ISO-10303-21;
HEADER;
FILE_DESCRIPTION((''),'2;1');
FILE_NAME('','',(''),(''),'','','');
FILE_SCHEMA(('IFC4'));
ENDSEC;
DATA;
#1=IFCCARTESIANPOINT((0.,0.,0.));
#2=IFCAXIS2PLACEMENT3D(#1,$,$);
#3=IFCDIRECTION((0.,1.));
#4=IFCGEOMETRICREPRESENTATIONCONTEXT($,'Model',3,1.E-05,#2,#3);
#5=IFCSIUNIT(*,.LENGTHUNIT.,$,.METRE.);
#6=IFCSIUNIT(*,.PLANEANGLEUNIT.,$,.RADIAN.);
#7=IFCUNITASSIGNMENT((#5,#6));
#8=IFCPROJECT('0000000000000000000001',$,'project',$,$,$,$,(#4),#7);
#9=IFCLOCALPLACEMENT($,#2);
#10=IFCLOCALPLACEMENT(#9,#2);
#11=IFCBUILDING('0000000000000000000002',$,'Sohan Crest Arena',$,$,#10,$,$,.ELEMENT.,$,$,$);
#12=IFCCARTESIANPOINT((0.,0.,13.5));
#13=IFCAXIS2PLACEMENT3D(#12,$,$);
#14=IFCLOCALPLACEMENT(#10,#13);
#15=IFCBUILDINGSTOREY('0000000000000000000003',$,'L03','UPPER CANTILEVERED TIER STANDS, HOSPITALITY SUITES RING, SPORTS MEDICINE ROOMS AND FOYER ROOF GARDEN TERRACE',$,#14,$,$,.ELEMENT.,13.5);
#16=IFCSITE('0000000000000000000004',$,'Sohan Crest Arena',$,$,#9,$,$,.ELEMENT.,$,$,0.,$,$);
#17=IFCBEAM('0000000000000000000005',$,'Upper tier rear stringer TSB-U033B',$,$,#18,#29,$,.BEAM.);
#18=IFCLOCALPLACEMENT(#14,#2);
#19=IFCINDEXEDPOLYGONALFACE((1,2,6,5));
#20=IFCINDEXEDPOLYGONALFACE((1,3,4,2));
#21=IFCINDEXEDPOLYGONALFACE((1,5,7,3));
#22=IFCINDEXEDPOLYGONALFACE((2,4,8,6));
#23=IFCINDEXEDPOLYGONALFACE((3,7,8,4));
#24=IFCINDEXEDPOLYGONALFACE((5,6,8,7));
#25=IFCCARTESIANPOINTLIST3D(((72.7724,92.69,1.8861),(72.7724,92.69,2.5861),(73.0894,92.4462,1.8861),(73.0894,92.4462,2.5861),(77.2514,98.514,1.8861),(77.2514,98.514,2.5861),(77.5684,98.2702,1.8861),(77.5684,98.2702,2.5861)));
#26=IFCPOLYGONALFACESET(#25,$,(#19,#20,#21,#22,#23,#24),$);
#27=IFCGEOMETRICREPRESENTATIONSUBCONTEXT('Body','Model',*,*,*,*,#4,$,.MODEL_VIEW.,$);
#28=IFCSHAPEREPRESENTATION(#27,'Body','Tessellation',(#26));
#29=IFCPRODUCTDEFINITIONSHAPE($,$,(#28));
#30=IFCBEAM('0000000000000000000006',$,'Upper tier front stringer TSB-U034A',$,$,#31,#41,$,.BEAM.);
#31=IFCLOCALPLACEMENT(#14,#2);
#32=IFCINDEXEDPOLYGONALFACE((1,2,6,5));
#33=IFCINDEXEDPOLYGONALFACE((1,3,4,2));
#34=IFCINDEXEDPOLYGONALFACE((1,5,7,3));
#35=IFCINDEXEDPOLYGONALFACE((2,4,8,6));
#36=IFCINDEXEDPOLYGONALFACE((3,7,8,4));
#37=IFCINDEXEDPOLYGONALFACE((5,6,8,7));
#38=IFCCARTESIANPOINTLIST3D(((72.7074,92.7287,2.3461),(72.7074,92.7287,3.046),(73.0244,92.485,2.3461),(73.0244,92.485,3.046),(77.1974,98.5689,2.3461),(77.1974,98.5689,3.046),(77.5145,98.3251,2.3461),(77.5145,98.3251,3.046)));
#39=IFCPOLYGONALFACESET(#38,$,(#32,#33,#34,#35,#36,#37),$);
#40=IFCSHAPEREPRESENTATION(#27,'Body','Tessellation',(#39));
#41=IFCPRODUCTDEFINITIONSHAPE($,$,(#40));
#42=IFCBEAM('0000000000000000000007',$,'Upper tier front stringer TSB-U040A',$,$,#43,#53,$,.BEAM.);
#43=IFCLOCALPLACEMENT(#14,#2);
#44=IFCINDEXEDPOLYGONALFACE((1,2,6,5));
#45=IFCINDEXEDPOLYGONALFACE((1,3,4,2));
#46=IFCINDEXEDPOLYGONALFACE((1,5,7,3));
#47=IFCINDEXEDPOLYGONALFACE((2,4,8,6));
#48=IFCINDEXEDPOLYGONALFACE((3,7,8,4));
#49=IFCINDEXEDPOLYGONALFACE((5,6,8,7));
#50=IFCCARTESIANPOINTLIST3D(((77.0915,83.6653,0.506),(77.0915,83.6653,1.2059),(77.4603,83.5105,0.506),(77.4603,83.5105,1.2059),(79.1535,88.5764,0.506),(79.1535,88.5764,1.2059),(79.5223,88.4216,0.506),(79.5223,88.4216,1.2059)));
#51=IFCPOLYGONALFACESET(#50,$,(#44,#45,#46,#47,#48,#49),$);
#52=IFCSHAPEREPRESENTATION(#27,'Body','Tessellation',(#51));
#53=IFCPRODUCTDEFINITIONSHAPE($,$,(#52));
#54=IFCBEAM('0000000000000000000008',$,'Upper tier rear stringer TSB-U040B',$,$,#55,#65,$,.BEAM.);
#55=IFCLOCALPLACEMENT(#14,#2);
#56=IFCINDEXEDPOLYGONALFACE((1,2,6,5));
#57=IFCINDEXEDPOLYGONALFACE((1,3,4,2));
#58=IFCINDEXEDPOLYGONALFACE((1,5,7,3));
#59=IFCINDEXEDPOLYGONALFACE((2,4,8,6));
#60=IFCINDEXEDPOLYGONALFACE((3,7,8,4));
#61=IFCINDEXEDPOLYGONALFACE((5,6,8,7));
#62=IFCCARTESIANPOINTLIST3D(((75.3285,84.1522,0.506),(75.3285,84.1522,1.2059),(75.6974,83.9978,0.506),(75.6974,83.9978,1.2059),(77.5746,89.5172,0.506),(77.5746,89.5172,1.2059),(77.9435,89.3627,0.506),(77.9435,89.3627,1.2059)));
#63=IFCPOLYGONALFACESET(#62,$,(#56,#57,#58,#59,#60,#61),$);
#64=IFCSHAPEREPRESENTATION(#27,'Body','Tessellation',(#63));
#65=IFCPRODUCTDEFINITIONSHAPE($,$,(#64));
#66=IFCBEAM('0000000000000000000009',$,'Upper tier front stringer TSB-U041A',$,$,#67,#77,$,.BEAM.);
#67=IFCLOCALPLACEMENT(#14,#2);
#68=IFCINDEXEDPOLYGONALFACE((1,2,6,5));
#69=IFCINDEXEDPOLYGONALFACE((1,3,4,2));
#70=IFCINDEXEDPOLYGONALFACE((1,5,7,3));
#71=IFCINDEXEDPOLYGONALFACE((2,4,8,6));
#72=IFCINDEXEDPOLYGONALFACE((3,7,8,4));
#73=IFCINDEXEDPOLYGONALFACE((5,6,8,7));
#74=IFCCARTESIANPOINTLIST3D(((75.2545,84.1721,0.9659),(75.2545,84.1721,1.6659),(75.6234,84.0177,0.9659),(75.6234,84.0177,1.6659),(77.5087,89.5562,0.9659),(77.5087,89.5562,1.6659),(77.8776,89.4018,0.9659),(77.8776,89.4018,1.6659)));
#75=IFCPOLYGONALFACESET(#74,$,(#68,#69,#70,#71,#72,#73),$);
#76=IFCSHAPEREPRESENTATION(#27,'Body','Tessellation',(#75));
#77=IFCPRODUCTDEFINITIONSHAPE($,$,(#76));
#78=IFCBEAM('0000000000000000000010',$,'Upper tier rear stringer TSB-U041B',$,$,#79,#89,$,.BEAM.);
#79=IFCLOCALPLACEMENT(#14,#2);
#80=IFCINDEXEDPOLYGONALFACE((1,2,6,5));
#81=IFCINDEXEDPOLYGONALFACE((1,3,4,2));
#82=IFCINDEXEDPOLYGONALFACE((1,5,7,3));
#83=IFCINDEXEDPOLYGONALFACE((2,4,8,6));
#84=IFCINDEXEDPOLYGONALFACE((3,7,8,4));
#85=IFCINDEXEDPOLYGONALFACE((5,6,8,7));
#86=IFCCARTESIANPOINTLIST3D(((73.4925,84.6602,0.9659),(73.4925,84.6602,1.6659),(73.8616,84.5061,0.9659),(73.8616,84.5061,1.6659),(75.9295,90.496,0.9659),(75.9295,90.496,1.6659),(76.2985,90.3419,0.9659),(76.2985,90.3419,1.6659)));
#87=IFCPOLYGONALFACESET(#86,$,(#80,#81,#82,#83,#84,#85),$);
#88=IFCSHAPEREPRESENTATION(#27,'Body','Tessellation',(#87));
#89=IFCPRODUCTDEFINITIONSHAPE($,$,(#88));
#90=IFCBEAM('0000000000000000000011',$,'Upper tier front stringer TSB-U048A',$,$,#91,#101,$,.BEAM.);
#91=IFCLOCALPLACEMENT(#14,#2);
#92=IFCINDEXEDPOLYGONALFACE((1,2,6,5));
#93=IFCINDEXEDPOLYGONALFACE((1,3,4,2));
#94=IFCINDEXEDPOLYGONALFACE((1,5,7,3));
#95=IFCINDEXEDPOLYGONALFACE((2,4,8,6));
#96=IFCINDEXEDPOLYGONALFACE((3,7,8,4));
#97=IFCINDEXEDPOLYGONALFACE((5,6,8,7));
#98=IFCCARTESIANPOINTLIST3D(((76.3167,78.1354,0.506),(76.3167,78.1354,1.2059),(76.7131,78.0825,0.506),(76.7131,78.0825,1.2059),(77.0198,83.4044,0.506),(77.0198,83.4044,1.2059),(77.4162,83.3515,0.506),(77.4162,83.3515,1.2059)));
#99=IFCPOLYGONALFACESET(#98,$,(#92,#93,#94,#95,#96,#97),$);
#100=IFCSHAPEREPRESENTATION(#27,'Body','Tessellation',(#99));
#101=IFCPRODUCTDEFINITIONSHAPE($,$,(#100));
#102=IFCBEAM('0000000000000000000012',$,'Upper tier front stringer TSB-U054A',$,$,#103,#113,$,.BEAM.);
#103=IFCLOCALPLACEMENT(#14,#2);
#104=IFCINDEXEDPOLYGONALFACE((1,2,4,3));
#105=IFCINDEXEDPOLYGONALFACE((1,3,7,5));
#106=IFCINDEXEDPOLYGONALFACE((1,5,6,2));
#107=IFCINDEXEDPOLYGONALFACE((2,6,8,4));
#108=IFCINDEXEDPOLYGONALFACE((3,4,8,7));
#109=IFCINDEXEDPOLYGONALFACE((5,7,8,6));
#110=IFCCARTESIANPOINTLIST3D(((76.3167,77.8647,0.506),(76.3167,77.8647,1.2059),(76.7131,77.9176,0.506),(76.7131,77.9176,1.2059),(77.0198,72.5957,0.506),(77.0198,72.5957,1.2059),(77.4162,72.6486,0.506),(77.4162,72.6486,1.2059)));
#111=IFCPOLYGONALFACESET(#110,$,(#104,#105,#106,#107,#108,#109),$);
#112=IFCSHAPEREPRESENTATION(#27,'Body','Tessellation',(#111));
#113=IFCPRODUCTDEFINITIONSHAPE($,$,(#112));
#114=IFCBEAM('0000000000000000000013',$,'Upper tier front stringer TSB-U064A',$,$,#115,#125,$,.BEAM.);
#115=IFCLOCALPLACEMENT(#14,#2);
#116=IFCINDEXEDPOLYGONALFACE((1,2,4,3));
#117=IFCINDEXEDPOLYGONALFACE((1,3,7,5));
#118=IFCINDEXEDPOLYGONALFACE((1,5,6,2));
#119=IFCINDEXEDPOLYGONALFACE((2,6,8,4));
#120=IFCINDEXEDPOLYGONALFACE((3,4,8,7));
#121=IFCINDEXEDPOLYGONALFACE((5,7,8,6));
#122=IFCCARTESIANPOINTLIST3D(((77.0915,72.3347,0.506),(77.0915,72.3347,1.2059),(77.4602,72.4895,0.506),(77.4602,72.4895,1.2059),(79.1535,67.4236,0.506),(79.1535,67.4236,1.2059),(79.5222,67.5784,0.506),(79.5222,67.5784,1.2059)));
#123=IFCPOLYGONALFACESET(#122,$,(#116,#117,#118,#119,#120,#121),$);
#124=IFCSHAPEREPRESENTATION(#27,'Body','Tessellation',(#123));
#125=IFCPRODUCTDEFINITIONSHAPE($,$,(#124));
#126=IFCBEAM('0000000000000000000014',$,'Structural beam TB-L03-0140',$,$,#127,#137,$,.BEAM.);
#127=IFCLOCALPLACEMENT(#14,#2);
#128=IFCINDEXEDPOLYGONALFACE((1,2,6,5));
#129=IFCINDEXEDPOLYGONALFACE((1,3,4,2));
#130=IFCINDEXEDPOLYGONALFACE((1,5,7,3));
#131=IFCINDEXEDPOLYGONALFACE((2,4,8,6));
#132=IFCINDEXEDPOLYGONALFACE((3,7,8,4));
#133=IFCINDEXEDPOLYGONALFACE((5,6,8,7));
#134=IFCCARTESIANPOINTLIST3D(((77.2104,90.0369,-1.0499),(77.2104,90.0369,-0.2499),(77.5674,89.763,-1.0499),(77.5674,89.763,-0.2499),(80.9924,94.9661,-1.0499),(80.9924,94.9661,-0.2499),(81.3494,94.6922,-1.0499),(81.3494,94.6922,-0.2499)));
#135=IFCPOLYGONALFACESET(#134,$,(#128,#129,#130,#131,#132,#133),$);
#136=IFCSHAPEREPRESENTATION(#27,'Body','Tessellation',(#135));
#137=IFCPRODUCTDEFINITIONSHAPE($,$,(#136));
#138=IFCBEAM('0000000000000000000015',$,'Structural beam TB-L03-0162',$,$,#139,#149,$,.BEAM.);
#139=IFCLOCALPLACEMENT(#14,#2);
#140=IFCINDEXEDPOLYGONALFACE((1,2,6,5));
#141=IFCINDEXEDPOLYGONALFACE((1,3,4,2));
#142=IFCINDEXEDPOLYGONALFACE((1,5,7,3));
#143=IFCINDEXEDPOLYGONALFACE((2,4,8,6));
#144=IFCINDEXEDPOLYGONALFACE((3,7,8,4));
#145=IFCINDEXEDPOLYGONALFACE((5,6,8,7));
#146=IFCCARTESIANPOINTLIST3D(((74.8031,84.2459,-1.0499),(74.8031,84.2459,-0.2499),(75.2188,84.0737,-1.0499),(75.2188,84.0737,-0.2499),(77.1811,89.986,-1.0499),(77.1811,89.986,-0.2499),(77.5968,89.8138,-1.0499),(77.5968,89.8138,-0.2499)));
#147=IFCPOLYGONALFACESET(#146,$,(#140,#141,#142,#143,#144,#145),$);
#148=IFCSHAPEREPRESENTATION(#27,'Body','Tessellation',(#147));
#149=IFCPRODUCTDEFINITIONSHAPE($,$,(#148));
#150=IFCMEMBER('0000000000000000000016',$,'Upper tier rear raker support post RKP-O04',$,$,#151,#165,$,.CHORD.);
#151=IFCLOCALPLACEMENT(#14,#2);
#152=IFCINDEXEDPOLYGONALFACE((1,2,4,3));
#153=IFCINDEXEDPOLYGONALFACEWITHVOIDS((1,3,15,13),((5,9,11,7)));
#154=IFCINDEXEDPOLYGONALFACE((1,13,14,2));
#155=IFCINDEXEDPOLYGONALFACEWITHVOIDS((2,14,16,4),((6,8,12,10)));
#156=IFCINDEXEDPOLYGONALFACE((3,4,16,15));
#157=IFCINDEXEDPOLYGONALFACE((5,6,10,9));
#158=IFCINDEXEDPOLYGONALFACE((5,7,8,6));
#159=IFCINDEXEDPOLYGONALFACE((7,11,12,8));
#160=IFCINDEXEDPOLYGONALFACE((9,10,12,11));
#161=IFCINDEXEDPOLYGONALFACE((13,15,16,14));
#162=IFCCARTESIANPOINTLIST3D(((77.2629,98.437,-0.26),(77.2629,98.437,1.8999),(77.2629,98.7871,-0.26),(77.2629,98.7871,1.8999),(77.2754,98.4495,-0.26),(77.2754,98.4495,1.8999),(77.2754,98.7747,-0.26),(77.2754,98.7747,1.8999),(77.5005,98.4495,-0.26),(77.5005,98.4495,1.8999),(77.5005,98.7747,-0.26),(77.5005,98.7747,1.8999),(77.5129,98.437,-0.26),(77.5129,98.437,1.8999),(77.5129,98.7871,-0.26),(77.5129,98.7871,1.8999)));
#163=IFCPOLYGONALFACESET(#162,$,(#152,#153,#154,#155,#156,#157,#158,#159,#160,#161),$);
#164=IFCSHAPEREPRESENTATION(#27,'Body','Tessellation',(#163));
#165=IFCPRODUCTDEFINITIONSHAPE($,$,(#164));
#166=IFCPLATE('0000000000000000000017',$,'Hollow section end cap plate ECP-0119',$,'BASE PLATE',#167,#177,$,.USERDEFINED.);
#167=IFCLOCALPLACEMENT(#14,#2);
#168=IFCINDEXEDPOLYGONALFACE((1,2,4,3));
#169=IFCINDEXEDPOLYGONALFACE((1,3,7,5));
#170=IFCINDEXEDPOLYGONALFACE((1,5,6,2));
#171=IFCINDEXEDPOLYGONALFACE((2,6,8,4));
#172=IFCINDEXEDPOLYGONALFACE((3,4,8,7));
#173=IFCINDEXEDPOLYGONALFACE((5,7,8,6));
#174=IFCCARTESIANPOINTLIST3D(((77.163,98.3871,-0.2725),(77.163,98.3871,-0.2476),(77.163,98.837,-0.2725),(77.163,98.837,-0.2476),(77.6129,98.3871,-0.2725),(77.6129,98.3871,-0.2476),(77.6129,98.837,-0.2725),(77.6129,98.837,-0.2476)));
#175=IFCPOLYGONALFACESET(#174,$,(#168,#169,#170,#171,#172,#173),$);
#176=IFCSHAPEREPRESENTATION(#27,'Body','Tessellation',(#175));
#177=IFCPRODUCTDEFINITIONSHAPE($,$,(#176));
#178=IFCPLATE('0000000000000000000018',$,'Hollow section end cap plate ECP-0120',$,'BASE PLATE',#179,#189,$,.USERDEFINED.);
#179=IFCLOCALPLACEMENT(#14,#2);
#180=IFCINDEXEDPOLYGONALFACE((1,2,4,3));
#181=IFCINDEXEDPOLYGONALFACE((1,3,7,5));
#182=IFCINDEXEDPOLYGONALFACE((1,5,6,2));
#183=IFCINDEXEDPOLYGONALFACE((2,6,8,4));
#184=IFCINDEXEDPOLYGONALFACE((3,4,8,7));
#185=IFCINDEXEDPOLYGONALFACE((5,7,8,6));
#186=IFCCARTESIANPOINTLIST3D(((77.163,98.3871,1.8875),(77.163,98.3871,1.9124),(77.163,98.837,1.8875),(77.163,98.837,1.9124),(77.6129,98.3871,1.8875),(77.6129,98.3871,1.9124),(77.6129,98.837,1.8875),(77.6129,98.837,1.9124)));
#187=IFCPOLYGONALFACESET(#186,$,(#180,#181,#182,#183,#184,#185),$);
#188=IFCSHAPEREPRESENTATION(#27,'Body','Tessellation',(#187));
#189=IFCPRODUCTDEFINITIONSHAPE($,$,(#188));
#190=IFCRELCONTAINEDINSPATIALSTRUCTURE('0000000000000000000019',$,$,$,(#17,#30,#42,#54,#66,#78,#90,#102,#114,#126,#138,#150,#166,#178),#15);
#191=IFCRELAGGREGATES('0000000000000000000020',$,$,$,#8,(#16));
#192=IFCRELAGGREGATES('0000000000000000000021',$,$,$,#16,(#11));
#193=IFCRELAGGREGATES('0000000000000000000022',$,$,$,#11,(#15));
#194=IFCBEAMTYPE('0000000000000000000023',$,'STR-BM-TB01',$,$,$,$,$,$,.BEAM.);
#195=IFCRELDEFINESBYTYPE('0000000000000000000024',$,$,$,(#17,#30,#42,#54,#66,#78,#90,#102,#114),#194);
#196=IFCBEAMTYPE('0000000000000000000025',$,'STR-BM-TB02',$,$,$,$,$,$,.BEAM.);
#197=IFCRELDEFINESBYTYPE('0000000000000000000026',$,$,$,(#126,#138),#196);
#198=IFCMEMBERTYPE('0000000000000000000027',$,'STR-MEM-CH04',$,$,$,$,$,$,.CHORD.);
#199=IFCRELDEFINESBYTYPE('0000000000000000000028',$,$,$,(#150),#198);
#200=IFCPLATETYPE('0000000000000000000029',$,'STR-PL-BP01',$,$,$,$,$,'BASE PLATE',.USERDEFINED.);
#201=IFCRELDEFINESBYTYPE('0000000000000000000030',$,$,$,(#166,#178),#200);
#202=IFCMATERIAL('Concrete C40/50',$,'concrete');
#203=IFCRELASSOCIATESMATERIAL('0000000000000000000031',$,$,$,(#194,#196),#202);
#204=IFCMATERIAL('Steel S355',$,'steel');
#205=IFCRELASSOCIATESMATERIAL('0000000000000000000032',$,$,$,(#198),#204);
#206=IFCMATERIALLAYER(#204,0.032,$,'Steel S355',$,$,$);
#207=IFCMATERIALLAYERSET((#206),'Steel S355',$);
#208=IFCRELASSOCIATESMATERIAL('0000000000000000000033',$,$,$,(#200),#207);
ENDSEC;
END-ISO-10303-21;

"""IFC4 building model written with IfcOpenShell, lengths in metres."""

from ifc_helpers import new_model, si_unit, direction, frame, origin, origin_2d, place, context, subcontext, project, spatial, rectangle, hollow_rectangle, extrude, material, layer, layer_set, material_profile, profile_set, type_object, element, save


model = new_model("IFC4")

# Units and contexts
model_context = context("Model", 3, precision=1e-05, world=origin(), true_north=direction((0.0, 1.0)))
body_context = subcontext(model_context, "Body", "Model", "MODEL_VIEW")
ifc_project = project(units=[si_unit("LENGTHUNIT", "METRE"), si_unit("PLANEANGLEUNIT", "RADIAN")], contexts=[model_context])

# Site, building, storey
site_placement = place(None, origin())
site = spatial("IfcSite", under=ifc_project, at=site_placement, Name="Sohan Crest Arena", CompositionType="ELEMENT", RefElevation=0.0)
building_placement = place(site_placement, origin())
building = spatial("IfcBuilding", under=site, at=building_placement, Name="Sohan Crest Arena", CompositionType="ELEMENT")
storey_placement = place(building_placement, frame((0.0, 0.0, 13.5)))
storey = spatial("IfcBuildingStorey", under=building, at=storey_placement, Name="L03", Description="UPPER CANTILEVERED TIER STANDS, HOSPITALITY SUITES RING, SPORTS MEDICINE ROOMS AND FOYER ROOF GARDEN TERRACE", CompositionType="ELEMENT", Elevation=13.5)

# Shared definitions
ifc_material_1 = material(Name="Concrete C40/50", Category="concrete")

# Beams
ifc_material_profile_1 = material_profile(ifc_material_1, rectangle(XDim=0.3999, YDim=0.7, at=origin_2d()), Name="RC-BM 400x700")
ifc_profile_set_1 = profile_set([ifc_material_profile_1], Name="Concrete C40/50")
beam_type_1 = type_object("IfcBeamType", Name="STR-BM-TB01", PredefinedType="BEAM", material=ifc_profile_set_1)
beam_1_placement = place(storey_placement, frame((77.4099, 98.3921, 2.2361), z_axis=(-0.609627, -0.792688, 0.0), x_axis=(0.792688, -0.609627, 0.0)))
element("IfcBeam", 1, at=beam_1_placement, inside=storey, type_object=beam_type_1, Name="Upper tier rear stringer TSB-U033B", PredefinedType="BEAM", context=body_context, shape_type="SweptSolid", body=[
    extrude(rectangle(XDim=0.3999, YDim=0.7, at=origin_2d()), origin(), (0.0, 0.0, 1.0), 7.3472),
])
beam_2_placement = place(storey_placement, frame((77.356, 98.447, 2.696), z_axis=(-0.609507, -0.79278, 0.0), x_axis=(0.79278, -0.609507, 0.0)))
element("IfcBeam", 2, at=beam_2_placement, inside=storey, type_object=beam_type_1, Name="Upper tier front stringer TSB-U034A", PredefinedType="BEAM", context=body_context, shape_type="SweptSolid", body=[
    extrude(rectangle(XDim=0.3999, YDim=0.7, at=origin_2d()), origin(), (0.0, 0.0, 1.0), 7.3667),
])
beam_3_placement = place(storey_placement, frame((79.3379, 88.499, 0.856), z_axis=(-0.387127, -0.922027, 0.0), x_axis=(0.922027, -0.387127, 0.0)))
element("IfcBeam", 3, at=beam_3_placement, inside=storey, type_object=beam_type_1, Name="Upper tier front stringer TSB-U040A", PredefinedType="BEAM", context=body_context, shape_type="SweptSolid", body=[
    extrude(rectangle(XDim=0.3999, YDim=0.7, at=origin_2d()), origin(), (0.0, 0.0, 1.0), 5.3264),
])
beam_4_placement = place(storey_placement, frame((77.759, 89.4399, 0.856), z_axis=(-0.38618, -0.922424, 0.0), x_axis=(0.922424, -0.38618, 0.0)))
element("IfcBeam", 4, at=beam_4_placement, inside=storey, type_object=beam_type_1, Name="Upper tier rear stringer TSB-U040B", PredefinedType="BEAM", context=body_context, shape_type="SweptSolid", body=[
    extrude(rectangle(XDim=0.3999, YDim=0.7, at=origin_2d()), origin(), (0.0, 0.0, 1.0), 5.8162),
])
beam_5_placement = place(storey_placement, frame((77.6931, 89.479, 1.3159), z_axis=(-0.386192, -0.922418, 0.0), x_axis=(0.922418, -0.386192, 0.0)))
element("IfcBeam", 5, at=beam_5_placement, inside=storey, type_object=beam_type_1, Name="Upper tier front stringer TSB-U041A", PredefinedType="BEAM", context=body_context, shape_type="SweptSolid", body=[
    extrude(rectangle(XDim=0.3999, YDim=0.7, at=origin_2d()), origin(), (0.0, 0.0, 1.0), 5.8369),
])
beam_6_placement = place(storey_placement, frame((76.114, 90.4189, 1.3159), z_axis=(-0.385339, -0.922775, 0.0), x_axis=(0.922775, -0.385339, 0.0)))
element("IfcBeam", 6, at=beam_6_placement, inside=storey, type_object=beam_type_1, Name="Upper tier rear stringer TSB-U041B", PredefinedType="BEAM", context=body_context, shape_type="SweptSolid", body=[
    extrude(rectangle(XDim=0.3999, YDim=0.7, at=origin_2d()), origin(), (0.0, 0.0, 1.0), 6.3242),
])
for number, where, z_axis, x_axis, name in (
    (7, (77.218, 83.3779, 0.856), (-0.132272, -0.991213, 0.0), (0.991213, -0.132272, 0.0), "Upper tier front stringer TSB-U048A"),
    (8, (76.5149, 77.8911, 0.856), (0.132272, -0.991213, 0.0), (0.991213, 0.132272, 0.0), "Upper tier front stringer TSB-U054A"),
):
    element("IfcBeam", number, at=place(storey_placement, frame(where, z_axis=z_axis, x_axis=x_axis)), inside=storey, type_object=beam_type_1, Name=name, PredefinedType="BEAM", context=body_context, shape_type="SweptSolid", body=[
        extrude(rectangle(XDim=0.3999, YDim=0.7, at=origin_2d()), origin(), (0.0, 0.0, 1.0), 5.3157),
    ])
beam_7_placement = place(storey_placement, frame((77.2759, 72.4121, 0.856), z_axis=(0.387127, -0.922027, 0.0), x_axis=(0.922027, 0.387127, 0.0)))
element("IfcBeam", 9, at=beam_7_placement, inside=storey, type_object=beam_type_1, Name="Upper tier front stringer TSB-U064A", PredefinedType="BEAM", context=body_context, shape_type="SweptSolid", body=[
    extrude(rectangle(XDim=0.3999, YDim=0.7, at=origin_2d()), origin(), (0.0, 0.0, 1.0), 5.3264),
])
ifc_material_profile_2 = material_profile(ifc_material_1, rectangle(XDim=0.45, YDim=0.8, at=origin_2d()), Name="RC-BM 450x800")
ifc_profile_set_2 = profile_set([ifc_material_profile_2], Name="Concrete C40/50")
beam_type_2 = type_object("IfcBeamType", Name="STR-BM-TB02", PredefinedType="BEAM", material=ifc_profile_set_2)
beam_8_placement = place(storey_placement, frame((81.1709, 94.8291, -0.6499), z_axis=(-0.608728, -0.793379, 0.0), x_axis=(0.793379, -0.608728, 0.0)))
element("IfcBeam", 10, at=beam_8_placement, inside=storey, type_object=beam_type_2, Name="Structural beam TB-L03-0140", PredefinedType="BEAM", context=body_context, shape_type="SweptSolid", body=[
    extrude(rectangle(XDim=0.45, YDim=0.8, at=origin_2d()), origin(), (0.0, 0.0, 1.0), 6.2129),
])
beam_9_placement = place(storey_placement, frame((77.3889, 89.8999, -0.6499), z_axis=(-0.382731, -0.92386, 0.0), x_axis=(0.92386, -0.382731, 0.0)))
element("IfcBeam", 11, at=beam_9_placement, inside=storey, type_object=beam_type_2, Name="Structural beam TB-L03-0162", PredefinedType="BEAM", context=body_context, shape_type="SweptSolid", body=[
    extrude(rectangle(XDim=0.45, YDim=0.8, at=origin_2d()), origin(), (0.0, 0.0, 1.0), 6.2131),
])

# Member
ifc_material_2 = material(Name="Steel S355", Category="steel")
ifc_material_profile_3 = material_profile(ifc_material_2, hollow_rectangle(XDim=0.25, YDim=0.3501, WallThickness=0.0125, at=origin_2d()), Name="RHS 350x250x12.5")
ifc_profile_set_3 = profile_set([ifc_material_profile_3], Name="Steel S355")
member_type = type_object("IfcMemberType", Name="STR-MEM-CH04", PredefinedType="CHORD", material=ifc_profile_set_3)
member_placement = place(storey_placement, frame((77.3879, 98.6121, -0.26), z_axis=(0.0, 0.0, 1.0), x_axis=(1.0, 0.0, 0.0)))
element("IfcMember", 12, at=member_placement, inside=storey, type_object=member_type, Name="Upper tier rear raker support post RKP-O04", PredefinedType="CHORD", context=body_context, shape_type="SweptSolid", body=[
    extrude(hollow_rectangle(XDim=0.25, YDim=0.3501, WallThickness=0.0125, at=origin_2d()), origin(), (0.0, 0.0, 1.0), 2.1599),
])

# Plates
ifc_layer = layer(ifc_material_2, 0.032, Name="Steel S355")
ifc_layer_set = layer_set([ifc_layer], Name="Steel S355")
plate_type = type_object("IfcPlateType", Name="STR-PL-BP01", ElementType="BASE PLATE", PredefinedType="USERDEFINED", material=ifc_layer_set)
for number, where, z_axis, x_axis, name in (
    (13, (77.3879, 98.6121, -0.2725), (0.0, 0.0, 1.0), (1.0, 0.0, 0.0), "Hollow section end cap plate ECP-0119"),
    (14, (77.3879, 98.6121, 1.8875), (0.0, 0.0, 1.0), (1.0, 0.0, 0.0), "Hollow section end cap plate ECP-0120"),
):
    element("IfcPlate", number, at=place(storey_placement, frame(where, z_axis=z_axis, x_axis=x_axis)), inside=storey, type_object=plate_type, Name=name, ObjectType="BASE PLATE", PredefinedType="USERDEFINED", context=body_context, shape_type="SweptSolid", body=[
        extrude(rectangle(XDim=0.45, YDim=0.45, at=origin_2d()), origin(), (0.0, 0.0, 1.0), 0.0249),
    ])

save(model, "model.ifc")
